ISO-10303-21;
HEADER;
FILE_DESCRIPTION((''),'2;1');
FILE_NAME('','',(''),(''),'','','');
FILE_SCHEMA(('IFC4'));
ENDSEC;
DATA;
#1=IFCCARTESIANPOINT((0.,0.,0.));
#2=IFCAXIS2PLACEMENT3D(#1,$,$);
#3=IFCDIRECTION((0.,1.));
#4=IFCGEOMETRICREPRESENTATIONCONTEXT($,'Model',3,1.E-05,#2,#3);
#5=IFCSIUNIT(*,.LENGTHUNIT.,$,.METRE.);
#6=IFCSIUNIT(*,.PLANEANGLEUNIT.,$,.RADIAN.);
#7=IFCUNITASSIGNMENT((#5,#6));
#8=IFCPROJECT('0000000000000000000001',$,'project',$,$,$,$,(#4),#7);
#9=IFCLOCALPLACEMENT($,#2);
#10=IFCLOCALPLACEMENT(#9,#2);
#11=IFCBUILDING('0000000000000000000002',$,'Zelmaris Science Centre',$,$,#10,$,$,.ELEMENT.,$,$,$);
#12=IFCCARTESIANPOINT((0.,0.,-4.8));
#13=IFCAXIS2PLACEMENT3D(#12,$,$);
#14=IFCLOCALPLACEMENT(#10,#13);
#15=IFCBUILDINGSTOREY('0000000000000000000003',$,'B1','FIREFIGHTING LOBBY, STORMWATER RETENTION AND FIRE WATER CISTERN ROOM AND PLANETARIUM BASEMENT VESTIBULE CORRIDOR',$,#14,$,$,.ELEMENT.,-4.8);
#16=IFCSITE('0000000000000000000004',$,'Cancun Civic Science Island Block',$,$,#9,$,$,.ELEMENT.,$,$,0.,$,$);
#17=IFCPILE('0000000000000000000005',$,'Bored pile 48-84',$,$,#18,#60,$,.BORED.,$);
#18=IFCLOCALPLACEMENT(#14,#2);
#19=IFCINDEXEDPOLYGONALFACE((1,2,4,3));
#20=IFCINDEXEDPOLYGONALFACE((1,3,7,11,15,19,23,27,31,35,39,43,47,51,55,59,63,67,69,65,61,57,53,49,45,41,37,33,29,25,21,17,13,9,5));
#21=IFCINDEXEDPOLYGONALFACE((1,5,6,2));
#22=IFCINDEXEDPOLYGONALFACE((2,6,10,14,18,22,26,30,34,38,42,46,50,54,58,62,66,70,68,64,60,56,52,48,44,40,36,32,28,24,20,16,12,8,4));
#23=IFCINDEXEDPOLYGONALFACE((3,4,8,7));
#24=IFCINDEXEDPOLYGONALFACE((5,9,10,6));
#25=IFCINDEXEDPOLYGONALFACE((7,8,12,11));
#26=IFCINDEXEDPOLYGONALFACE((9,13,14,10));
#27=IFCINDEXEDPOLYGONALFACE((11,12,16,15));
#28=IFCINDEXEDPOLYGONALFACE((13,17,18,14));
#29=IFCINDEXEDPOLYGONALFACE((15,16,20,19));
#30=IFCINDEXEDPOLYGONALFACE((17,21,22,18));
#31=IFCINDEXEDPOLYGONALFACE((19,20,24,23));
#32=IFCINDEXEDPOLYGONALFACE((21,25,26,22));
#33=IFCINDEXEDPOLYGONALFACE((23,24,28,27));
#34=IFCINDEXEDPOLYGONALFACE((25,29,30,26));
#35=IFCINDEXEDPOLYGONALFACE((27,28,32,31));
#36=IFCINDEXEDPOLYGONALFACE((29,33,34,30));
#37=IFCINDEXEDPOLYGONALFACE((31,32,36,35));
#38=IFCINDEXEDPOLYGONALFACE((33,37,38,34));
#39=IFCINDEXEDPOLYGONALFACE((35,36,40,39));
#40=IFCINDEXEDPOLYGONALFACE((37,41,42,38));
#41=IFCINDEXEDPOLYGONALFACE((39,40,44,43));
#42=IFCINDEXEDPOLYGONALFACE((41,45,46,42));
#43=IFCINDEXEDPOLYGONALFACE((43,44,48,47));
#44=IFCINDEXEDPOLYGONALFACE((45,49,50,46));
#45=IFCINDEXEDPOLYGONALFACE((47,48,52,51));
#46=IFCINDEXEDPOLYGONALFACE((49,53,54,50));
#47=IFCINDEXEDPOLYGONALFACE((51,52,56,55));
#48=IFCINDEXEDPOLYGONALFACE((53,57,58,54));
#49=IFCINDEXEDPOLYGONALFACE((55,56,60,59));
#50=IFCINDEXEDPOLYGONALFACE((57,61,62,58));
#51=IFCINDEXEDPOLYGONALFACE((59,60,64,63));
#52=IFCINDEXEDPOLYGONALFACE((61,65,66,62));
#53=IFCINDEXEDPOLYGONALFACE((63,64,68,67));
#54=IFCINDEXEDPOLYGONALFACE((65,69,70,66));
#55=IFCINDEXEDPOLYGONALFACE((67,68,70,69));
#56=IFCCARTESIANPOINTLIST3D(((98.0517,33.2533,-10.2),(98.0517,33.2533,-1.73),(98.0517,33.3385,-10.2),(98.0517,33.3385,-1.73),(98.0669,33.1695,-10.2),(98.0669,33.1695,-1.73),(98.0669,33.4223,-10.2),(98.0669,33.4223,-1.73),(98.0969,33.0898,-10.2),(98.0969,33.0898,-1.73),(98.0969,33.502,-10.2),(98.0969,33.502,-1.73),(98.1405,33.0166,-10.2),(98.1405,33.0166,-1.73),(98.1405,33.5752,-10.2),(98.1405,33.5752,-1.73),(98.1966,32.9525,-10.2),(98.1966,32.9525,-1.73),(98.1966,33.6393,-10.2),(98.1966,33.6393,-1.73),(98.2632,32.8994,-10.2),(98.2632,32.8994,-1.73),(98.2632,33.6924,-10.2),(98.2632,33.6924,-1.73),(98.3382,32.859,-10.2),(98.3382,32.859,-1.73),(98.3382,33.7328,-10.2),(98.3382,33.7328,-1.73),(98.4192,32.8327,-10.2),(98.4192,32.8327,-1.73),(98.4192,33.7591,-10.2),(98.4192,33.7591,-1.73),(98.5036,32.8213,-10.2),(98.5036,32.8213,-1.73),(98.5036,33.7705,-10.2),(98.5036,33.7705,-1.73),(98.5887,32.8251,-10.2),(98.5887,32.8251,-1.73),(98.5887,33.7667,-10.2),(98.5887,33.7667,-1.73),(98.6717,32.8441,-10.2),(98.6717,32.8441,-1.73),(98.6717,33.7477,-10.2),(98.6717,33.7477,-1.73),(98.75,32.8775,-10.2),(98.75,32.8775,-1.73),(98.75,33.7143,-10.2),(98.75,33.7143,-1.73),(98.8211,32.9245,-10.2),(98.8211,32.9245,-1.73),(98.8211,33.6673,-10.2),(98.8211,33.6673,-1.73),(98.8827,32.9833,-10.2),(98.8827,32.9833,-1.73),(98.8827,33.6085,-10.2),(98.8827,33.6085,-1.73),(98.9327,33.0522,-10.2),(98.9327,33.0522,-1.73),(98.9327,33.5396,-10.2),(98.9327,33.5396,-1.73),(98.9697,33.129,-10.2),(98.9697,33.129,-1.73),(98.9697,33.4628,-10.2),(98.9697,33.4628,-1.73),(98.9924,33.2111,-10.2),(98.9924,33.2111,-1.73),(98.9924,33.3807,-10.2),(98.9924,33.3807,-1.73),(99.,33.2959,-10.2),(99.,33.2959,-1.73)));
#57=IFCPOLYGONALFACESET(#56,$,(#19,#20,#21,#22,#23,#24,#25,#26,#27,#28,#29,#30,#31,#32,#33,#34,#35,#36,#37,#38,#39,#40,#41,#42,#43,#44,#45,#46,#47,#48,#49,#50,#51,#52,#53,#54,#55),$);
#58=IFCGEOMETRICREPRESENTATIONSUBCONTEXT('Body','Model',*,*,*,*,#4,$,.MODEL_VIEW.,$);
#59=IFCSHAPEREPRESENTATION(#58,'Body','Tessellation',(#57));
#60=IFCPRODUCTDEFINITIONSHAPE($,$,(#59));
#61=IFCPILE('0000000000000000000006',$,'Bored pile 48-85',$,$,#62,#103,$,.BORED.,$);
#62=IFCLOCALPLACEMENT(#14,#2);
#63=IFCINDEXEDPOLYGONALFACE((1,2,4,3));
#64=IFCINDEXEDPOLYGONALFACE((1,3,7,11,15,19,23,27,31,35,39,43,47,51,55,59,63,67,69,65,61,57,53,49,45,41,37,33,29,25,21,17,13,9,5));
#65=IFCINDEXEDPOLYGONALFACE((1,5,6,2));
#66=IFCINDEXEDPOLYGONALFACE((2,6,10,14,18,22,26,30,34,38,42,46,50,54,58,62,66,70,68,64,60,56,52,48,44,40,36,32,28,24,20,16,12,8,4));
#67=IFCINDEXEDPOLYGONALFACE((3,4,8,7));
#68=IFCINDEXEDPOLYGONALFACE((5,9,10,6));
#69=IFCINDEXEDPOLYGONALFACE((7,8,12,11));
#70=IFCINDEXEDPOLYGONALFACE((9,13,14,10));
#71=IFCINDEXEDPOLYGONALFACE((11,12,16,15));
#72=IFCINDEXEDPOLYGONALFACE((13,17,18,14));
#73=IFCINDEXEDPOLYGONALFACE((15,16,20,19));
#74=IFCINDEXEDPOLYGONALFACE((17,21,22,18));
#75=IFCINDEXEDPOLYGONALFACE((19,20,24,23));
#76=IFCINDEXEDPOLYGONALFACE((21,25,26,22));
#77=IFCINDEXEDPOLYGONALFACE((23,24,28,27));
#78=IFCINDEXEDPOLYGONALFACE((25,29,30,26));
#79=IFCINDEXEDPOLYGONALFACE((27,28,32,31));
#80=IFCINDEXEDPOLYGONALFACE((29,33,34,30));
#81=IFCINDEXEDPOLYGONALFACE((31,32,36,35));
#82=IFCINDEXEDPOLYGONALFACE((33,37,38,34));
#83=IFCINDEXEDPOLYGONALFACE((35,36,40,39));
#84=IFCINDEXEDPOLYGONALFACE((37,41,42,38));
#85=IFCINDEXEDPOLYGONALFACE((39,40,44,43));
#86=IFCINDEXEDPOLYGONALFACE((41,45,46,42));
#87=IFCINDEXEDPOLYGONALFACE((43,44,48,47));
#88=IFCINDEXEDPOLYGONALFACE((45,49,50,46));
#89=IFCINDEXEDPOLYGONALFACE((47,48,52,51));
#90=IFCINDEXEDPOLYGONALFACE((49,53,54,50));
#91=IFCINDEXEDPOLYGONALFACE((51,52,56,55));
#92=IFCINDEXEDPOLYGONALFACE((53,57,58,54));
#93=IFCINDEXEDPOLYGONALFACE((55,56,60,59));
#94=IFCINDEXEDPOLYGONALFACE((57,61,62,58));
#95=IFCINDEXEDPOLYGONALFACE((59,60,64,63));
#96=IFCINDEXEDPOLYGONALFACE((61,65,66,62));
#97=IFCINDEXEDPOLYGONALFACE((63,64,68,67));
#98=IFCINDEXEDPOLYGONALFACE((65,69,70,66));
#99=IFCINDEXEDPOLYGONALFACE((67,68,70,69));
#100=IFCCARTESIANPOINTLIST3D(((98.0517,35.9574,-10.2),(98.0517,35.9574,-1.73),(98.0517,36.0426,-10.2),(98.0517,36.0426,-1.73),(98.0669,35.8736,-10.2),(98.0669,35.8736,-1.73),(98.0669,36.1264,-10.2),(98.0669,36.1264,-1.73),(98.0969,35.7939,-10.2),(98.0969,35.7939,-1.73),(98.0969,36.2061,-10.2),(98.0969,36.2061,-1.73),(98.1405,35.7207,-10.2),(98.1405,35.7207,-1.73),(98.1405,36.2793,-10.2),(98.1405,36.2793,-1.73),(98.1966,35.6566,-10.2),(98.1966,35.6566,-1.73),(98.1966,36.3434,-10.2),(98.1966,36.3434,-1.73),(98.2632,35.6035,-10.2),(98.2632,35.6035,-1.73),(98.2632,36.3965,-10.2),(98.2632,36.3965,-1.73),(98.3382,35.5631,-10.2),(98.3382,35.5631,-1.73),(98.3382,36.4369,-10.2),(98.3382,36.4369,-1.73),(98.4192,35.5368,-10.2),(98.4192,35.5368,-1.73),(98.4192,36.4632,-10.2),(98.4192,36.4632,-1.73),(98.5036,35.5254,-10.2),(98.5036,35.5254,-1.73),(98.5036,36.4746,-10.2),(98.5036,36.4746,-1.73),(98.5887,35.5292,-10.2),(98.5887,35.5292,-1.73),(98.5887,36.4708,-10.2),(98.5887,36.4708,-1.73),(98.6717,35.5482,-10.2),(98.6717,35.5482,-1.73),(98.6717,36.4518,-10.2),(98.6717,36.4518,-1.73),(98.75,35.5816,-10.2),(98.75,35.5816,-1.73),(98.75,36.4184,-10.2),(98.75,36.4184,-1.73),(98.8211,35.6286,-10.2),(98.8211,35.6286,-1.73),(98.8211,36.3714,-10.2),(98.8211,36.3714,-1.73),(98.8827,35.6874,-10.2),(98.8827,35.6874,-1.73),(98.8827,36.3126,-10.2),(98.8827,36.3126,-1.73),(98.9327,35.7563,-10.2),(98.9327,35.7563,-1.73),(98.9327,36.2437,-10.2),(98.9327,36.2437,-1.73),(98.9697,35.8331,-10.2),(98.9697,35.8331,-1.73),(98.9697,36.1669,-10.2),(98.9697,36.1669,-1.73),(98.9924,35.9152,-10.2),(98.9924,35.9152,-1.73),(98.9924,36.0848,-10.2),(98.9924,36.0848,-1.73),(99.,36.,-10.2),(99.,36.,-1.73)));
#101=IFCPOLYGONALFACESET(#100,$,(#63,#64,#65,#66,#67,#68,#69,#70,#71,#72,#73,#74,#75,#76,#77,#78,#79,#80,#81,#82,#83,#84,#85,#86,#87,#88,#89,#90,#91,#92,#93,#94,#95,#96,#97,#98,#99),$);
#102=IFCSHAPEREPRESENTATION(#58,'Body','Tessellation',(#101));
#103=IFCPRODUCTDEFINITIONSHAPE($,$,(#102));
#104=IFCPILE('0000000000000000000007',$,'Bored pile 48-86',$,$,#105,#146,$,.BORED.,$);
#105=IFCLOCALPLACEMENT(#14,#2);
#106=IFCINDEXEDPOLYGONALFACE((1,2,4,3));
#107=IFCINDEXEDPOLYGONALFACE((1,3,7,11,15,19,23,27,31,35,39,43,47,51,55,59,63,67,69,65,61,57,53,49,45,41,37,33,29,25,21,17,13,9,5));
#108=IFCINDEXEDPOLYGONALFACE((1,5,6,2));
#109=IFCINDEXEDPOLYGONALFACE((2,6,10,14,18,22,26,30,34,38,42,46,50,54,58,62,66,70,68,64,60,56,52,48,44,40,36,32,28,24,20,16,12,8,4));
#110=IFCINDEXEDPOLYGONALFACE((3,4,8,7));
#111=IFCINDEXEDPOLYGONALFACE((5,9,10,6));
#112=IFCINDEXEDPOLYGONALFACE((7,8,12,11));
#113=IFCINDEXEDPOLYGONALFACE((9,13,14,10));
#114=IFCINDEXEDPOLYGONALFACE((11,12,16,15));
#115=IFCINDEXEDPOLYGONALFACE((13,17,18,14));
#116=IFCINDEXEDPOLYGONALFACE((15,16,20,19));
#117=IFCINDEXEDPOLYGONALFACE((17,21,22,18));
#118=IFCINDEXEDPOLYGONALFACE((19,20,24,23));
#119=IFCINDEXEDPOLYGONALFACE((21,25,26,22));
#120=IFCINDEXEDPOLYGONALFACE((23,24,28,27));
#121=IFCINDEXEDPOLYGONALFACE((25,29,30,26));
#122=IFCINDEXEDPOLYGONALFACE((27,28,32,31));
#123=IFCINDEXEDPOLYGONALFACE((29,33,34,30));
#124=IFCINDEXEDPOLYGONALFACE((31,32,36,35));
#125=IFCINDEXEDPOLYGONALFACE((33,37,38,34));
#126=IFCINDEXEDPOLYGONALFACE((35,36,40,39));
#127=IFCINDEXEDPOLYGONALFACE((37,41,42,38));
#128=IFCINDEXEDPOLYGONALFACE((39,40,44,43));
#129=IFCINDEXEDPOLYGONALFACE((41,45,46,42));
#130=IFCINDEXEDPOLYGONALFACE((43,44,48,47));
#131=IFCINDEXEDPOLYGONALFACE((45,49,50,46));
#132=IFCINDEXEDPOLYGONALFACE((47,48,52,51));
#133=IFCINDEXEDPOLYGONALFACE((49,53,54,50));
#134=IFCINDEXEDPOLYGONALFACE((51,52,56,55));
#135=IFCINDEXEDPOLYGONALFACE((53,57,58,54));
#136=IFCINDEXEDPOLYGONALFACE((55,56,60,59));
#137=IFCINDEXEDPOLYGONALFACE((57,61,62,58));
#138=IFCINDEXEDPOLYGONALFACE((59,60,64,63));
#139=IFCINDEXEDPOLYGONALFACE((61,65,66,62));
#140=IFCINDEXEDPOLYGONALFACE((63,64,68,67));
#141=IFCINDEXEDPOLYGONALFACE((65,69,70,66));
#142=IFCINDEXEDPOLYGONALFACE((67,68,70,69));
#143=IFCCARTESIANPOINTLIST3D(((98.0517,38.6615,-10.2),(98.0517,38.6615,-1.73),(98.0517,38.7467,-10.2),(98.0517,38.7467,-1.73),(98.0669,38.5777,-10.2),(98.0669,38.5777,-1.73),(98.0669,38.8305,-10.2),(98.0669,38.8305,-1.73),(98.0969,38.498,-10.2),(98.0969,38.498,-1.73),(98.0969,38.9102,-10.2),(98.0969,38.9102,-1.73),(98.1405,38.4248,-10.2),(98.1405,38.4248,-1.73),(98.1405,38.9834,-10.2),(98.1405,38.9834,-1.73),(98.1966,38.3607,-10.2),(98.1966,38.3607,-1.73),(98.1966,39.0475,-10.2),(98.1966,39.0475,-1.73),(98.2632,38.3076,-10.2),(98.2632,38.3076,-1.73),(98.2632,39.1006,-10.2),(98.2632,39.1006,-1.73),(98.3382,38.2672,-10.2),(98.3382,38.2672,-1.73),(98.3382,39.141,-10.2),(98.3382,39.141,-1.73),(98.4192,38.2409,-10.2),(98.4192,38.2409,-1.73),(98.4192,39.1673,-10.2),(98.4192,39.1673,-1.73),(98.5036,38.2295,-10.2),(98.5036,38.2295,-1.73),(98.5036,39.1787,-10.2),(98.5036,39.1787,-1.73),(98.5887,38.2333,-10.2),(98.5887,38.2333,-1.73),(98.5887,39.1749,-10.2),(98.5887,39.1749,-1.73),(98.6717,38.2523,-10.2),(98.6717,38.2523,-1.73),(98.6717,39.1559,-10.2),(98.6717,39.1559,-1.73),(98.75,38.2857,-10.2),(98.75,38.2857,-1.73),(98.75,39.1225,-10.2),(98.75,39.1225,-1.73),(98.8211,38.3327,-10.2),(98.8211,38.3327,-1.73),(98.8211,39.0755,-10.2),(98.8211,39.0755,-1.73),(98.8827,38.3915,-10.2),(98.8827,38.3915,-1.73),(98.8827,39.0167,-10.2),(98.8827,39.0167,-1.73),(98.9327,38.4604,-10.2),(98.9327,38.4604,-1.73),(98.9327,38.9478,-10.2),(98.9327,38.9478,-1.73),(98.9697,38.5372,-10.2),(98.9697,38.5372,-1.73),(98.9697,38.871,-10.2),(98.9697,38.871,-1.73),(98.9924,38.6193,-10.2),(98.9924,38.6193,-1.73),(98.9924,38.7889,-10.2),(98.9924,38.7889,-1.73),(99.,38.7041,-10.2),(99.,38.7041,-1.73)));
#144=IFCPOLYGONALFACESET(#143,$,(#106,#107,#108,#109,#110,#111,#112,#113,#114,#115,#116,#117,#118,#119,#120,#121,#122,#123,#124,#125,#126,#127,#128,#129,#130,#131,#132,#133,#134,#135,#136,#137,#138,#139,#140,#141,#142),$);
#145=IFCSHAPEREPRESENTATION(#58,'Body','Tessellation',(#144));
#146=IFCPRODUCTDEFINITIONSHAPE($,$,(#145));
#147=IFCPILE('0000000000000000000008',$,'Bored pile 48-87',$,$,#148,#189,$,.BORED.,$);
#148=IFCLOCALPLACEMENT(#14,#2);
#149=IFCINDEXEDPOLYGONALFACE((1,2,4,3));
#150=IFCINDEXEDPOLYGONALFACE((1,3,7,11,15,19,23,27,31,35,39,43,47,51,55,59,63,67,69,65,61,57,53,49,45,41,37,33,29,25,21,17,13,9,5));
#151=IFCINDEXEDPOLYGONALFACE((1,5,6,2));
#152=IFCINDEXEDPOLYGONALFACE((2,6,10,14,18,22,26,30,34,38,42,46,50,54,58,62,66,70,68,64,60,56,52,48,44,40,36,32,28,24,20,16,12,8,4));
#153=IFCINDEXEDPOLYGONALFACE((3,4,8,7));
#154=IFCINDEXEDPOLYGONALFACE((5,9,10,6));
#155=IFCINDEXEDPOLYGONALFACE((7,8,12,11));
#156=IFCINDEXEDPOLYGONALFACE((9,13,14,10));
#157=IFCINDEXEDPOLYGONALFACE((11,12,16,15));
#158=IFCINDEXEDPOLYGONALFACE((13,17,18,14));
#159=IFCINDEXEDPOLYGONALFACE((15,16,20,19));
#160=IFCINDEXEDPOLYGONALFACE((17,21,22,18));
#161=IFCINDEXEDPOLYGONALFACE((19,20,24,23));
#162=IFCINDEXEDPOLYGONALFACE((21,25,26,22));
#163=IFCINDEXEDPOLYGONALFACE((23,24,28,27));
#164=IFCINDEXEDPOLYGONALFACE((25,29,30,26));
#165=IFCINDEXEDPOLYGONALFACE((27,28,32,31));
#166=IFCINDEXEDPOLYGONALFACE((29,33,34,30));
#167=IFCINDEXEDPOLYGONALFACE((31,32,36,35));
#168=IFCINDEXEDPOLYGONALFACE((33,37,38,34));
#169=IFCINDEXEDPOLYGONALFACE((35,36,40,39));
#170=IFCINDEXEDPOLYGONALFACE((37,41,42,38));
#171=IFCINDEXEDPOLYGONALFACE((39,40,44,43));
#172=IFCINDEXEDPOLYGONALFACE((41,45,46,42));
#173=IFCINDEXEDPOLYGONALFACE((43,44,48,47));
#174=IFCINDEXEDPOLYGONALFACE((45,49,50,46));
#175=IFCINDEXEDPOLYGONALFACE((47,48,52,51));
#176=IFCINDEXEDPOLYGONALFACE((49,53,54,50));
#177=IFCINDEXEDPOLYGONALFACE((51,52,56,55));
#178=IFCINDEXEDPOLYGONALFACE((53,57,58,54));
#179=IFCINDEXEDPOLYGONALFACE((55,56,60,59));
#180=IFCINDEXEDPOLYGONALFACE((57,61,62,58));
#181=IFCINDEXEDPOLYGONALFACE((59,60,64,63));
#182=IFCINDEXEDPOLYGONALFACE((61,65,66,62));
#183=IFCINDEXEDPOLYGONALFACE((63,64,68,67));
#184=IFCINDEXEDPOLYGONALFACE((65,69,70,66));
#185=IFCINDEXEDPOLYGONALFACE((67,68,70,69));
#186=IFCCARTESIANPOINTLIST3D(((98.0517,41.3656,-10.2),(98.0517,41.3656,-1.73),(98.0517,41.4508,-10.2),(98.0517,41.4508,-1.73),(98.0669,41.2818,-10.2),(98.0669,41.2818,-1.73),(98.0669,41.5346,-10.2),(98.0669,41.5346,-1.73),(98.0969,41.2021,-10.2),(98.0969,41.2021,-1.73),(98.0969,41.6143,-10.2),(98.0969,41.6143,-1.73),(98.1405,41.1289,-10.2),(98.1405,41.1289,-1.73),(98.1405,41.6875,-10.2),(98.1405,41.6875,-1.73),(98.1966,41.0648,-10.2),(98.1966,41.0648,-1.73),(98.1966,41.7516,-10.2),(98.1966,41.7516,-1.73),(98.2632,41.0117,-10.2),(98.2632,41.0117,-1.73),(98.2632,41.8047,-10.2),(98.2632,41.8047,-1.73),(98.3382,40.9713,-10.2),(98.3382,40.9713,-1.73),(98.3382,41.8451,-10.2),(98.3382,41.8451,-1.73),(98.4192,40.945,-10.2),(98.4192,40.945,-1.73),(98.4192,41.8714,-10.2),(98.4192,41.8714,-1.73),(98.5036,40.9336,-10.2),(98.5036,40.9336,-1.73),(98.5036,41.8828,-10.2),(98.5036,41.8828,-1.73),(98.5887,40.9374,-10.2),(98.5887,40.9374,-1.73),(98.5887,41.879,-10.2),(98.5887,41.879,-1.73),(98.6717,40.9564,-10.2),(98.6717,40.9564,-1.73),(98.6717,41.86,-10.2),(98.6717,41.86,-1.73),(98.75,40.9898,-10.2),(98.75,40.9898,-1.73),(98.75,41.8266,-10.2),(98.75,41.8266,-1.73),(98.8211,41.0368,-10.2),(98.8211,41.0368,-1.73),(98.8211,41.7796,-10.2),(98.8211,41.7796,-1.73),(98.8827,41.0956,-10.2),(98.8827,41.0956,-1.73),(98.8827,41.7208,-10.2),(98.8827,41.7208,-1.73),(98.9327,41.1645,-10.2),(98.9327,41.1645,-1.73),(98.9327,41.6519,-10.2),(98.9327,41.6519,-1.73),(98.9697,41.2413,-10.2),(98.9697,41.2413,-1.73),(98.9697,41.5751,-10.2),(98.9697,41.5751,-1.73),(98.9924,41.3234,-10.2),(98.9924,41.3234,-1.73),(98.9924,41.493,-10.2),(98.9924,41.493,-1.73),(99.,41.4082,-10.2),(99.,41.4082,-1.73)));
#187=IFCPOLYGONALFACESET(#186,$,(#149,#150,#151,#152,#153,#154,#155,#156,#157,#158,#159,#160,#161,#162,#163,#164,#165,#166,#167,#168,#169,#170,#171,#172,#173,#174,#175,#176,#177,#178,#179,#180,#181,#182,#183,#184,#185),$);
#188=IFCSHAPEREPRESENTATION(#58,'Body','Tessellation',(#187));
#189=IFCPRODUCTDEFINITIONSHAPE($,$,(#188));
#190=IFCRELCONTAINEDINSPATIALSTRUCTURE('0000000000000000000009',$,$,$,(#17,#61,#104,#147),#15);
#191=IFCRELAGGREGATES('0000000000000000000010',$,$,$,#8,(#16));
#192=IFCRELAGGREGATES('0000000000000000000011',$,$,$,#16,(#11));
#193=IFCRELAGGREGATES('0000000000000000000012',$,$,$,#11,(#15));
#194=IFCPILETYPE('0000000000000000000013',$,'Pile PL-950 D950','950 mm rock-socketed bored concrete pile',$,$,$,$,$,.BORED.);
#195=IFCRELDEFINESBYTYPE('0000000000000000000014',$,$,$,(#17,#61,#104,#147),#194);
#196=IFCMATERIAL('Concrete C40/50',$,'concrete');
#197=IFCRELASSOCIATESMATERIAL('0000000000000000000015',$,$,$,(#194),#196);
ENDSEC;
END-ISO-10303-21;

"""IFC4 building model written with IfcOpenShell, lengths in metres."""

from ifc_helpers import new_model, si_unit, direction, frame, origin, origin_2d, place, context, subcontext, project, spatial, circle, extrude, material, material_profile, profile_set, type_object, element, save


model = new_model("IFC4")

# Units and contexts
model_context = context("Model", 3, precision=1e-05, world=origin(), true_north=direction((0.0, 1.0)))
body_context = subcontext(model_context, "Body", "Model", "MODEL_VIEW")
ifc_project = project(units=[si_unit("LENGTHUNIT", "METRE"), si_unit("PLANEANGLEUNIT", "RADIAN")], contexts=[model_context])

# Site, building, storey
site_placement = place(None, origin())
site = spatial("IfcSite", under=ifc_project, at=site_placement, Name="Cancun Civic Science Island Block", CompositionType="ELEMENT", RefElevation=0.0)
building_placement = place(site_placement, origin())
building = spatial("IfcBuilding", under=site, at=building_placement, Name="Zelmaris Science Centre", CompositionType="ELEMENT")
storey_placement = place(building_placement, frame((0.0, 0.0, -4.8)))
storey = spatial("IfcBuildingStorey", under=building, at=storey_placement, Name="B1", Description="FIREFIGHTING LOBBY, STORMWATER RETENTION AND FIRE WATER CISTERN ROOM AND PLANETARIUM BASEMENT VESTIBULE CORRIDOR", CompositionType="ELEMENT", Elevation=-4.8)

# Shared definitions
ifc_material_1 = material(Name="Concrete C40/50", Category="concrete")

# Piles
ifc_material_profile_1 = material_profile(ifc_material_1, circle(Radius=0.4751, at=origin_2d()), Name="PILE-950")
ifc_profile_set_1 = profile_set([ifc_material_profile_1], Name="Concrete C40/50")
pile_type_1 = type_object("IfcPileType", Name="Pile PL-950 D950", Description="950 mm rock-socketed bored concrete pile", PredefinedType="BORED", material=ifc_profile_set_1)
for number, where, z_axis, x_axis, name in (
    (1, (98.5249, 33.2959, -1.73), (0.0, 0.0, -1.0), (1.0, 0.0, 0.0), "Bored pile 48-84"),
    (2, (98.5249, 36.0, -1.73), (0.0, 0.0, -1.0), (1.0, 0.0, 0.0), "Bored pile 48-85"),
    (3, (98.5249, 38.7041, -1.73), (0.0, 0.0, -1.0), (1.0, 0.0, 0.0), "Bored pile 48-86"),
    (4, (98.5249, 41.4082, -1.73), (0.0, 0.0, -1.0), (1.0, 0.0, 0.0), "Bored pile 48-87"),
):
    element("IfcPile", number, at=place(storey_placement, frame(where, z_axis=z_axis, x_axis=x_axis)), inside=storey, type_object=pile_type_1, Name=name, PredefinedType="BORED", context=body_context, shape_type="SweptSolid", body=[
        extrude(circle(Radius=0.4751, at=origin_2d()), origin(), (0.0, 0.0, 1.0), 8.47),
    ])

save(model, "model.ifc")
